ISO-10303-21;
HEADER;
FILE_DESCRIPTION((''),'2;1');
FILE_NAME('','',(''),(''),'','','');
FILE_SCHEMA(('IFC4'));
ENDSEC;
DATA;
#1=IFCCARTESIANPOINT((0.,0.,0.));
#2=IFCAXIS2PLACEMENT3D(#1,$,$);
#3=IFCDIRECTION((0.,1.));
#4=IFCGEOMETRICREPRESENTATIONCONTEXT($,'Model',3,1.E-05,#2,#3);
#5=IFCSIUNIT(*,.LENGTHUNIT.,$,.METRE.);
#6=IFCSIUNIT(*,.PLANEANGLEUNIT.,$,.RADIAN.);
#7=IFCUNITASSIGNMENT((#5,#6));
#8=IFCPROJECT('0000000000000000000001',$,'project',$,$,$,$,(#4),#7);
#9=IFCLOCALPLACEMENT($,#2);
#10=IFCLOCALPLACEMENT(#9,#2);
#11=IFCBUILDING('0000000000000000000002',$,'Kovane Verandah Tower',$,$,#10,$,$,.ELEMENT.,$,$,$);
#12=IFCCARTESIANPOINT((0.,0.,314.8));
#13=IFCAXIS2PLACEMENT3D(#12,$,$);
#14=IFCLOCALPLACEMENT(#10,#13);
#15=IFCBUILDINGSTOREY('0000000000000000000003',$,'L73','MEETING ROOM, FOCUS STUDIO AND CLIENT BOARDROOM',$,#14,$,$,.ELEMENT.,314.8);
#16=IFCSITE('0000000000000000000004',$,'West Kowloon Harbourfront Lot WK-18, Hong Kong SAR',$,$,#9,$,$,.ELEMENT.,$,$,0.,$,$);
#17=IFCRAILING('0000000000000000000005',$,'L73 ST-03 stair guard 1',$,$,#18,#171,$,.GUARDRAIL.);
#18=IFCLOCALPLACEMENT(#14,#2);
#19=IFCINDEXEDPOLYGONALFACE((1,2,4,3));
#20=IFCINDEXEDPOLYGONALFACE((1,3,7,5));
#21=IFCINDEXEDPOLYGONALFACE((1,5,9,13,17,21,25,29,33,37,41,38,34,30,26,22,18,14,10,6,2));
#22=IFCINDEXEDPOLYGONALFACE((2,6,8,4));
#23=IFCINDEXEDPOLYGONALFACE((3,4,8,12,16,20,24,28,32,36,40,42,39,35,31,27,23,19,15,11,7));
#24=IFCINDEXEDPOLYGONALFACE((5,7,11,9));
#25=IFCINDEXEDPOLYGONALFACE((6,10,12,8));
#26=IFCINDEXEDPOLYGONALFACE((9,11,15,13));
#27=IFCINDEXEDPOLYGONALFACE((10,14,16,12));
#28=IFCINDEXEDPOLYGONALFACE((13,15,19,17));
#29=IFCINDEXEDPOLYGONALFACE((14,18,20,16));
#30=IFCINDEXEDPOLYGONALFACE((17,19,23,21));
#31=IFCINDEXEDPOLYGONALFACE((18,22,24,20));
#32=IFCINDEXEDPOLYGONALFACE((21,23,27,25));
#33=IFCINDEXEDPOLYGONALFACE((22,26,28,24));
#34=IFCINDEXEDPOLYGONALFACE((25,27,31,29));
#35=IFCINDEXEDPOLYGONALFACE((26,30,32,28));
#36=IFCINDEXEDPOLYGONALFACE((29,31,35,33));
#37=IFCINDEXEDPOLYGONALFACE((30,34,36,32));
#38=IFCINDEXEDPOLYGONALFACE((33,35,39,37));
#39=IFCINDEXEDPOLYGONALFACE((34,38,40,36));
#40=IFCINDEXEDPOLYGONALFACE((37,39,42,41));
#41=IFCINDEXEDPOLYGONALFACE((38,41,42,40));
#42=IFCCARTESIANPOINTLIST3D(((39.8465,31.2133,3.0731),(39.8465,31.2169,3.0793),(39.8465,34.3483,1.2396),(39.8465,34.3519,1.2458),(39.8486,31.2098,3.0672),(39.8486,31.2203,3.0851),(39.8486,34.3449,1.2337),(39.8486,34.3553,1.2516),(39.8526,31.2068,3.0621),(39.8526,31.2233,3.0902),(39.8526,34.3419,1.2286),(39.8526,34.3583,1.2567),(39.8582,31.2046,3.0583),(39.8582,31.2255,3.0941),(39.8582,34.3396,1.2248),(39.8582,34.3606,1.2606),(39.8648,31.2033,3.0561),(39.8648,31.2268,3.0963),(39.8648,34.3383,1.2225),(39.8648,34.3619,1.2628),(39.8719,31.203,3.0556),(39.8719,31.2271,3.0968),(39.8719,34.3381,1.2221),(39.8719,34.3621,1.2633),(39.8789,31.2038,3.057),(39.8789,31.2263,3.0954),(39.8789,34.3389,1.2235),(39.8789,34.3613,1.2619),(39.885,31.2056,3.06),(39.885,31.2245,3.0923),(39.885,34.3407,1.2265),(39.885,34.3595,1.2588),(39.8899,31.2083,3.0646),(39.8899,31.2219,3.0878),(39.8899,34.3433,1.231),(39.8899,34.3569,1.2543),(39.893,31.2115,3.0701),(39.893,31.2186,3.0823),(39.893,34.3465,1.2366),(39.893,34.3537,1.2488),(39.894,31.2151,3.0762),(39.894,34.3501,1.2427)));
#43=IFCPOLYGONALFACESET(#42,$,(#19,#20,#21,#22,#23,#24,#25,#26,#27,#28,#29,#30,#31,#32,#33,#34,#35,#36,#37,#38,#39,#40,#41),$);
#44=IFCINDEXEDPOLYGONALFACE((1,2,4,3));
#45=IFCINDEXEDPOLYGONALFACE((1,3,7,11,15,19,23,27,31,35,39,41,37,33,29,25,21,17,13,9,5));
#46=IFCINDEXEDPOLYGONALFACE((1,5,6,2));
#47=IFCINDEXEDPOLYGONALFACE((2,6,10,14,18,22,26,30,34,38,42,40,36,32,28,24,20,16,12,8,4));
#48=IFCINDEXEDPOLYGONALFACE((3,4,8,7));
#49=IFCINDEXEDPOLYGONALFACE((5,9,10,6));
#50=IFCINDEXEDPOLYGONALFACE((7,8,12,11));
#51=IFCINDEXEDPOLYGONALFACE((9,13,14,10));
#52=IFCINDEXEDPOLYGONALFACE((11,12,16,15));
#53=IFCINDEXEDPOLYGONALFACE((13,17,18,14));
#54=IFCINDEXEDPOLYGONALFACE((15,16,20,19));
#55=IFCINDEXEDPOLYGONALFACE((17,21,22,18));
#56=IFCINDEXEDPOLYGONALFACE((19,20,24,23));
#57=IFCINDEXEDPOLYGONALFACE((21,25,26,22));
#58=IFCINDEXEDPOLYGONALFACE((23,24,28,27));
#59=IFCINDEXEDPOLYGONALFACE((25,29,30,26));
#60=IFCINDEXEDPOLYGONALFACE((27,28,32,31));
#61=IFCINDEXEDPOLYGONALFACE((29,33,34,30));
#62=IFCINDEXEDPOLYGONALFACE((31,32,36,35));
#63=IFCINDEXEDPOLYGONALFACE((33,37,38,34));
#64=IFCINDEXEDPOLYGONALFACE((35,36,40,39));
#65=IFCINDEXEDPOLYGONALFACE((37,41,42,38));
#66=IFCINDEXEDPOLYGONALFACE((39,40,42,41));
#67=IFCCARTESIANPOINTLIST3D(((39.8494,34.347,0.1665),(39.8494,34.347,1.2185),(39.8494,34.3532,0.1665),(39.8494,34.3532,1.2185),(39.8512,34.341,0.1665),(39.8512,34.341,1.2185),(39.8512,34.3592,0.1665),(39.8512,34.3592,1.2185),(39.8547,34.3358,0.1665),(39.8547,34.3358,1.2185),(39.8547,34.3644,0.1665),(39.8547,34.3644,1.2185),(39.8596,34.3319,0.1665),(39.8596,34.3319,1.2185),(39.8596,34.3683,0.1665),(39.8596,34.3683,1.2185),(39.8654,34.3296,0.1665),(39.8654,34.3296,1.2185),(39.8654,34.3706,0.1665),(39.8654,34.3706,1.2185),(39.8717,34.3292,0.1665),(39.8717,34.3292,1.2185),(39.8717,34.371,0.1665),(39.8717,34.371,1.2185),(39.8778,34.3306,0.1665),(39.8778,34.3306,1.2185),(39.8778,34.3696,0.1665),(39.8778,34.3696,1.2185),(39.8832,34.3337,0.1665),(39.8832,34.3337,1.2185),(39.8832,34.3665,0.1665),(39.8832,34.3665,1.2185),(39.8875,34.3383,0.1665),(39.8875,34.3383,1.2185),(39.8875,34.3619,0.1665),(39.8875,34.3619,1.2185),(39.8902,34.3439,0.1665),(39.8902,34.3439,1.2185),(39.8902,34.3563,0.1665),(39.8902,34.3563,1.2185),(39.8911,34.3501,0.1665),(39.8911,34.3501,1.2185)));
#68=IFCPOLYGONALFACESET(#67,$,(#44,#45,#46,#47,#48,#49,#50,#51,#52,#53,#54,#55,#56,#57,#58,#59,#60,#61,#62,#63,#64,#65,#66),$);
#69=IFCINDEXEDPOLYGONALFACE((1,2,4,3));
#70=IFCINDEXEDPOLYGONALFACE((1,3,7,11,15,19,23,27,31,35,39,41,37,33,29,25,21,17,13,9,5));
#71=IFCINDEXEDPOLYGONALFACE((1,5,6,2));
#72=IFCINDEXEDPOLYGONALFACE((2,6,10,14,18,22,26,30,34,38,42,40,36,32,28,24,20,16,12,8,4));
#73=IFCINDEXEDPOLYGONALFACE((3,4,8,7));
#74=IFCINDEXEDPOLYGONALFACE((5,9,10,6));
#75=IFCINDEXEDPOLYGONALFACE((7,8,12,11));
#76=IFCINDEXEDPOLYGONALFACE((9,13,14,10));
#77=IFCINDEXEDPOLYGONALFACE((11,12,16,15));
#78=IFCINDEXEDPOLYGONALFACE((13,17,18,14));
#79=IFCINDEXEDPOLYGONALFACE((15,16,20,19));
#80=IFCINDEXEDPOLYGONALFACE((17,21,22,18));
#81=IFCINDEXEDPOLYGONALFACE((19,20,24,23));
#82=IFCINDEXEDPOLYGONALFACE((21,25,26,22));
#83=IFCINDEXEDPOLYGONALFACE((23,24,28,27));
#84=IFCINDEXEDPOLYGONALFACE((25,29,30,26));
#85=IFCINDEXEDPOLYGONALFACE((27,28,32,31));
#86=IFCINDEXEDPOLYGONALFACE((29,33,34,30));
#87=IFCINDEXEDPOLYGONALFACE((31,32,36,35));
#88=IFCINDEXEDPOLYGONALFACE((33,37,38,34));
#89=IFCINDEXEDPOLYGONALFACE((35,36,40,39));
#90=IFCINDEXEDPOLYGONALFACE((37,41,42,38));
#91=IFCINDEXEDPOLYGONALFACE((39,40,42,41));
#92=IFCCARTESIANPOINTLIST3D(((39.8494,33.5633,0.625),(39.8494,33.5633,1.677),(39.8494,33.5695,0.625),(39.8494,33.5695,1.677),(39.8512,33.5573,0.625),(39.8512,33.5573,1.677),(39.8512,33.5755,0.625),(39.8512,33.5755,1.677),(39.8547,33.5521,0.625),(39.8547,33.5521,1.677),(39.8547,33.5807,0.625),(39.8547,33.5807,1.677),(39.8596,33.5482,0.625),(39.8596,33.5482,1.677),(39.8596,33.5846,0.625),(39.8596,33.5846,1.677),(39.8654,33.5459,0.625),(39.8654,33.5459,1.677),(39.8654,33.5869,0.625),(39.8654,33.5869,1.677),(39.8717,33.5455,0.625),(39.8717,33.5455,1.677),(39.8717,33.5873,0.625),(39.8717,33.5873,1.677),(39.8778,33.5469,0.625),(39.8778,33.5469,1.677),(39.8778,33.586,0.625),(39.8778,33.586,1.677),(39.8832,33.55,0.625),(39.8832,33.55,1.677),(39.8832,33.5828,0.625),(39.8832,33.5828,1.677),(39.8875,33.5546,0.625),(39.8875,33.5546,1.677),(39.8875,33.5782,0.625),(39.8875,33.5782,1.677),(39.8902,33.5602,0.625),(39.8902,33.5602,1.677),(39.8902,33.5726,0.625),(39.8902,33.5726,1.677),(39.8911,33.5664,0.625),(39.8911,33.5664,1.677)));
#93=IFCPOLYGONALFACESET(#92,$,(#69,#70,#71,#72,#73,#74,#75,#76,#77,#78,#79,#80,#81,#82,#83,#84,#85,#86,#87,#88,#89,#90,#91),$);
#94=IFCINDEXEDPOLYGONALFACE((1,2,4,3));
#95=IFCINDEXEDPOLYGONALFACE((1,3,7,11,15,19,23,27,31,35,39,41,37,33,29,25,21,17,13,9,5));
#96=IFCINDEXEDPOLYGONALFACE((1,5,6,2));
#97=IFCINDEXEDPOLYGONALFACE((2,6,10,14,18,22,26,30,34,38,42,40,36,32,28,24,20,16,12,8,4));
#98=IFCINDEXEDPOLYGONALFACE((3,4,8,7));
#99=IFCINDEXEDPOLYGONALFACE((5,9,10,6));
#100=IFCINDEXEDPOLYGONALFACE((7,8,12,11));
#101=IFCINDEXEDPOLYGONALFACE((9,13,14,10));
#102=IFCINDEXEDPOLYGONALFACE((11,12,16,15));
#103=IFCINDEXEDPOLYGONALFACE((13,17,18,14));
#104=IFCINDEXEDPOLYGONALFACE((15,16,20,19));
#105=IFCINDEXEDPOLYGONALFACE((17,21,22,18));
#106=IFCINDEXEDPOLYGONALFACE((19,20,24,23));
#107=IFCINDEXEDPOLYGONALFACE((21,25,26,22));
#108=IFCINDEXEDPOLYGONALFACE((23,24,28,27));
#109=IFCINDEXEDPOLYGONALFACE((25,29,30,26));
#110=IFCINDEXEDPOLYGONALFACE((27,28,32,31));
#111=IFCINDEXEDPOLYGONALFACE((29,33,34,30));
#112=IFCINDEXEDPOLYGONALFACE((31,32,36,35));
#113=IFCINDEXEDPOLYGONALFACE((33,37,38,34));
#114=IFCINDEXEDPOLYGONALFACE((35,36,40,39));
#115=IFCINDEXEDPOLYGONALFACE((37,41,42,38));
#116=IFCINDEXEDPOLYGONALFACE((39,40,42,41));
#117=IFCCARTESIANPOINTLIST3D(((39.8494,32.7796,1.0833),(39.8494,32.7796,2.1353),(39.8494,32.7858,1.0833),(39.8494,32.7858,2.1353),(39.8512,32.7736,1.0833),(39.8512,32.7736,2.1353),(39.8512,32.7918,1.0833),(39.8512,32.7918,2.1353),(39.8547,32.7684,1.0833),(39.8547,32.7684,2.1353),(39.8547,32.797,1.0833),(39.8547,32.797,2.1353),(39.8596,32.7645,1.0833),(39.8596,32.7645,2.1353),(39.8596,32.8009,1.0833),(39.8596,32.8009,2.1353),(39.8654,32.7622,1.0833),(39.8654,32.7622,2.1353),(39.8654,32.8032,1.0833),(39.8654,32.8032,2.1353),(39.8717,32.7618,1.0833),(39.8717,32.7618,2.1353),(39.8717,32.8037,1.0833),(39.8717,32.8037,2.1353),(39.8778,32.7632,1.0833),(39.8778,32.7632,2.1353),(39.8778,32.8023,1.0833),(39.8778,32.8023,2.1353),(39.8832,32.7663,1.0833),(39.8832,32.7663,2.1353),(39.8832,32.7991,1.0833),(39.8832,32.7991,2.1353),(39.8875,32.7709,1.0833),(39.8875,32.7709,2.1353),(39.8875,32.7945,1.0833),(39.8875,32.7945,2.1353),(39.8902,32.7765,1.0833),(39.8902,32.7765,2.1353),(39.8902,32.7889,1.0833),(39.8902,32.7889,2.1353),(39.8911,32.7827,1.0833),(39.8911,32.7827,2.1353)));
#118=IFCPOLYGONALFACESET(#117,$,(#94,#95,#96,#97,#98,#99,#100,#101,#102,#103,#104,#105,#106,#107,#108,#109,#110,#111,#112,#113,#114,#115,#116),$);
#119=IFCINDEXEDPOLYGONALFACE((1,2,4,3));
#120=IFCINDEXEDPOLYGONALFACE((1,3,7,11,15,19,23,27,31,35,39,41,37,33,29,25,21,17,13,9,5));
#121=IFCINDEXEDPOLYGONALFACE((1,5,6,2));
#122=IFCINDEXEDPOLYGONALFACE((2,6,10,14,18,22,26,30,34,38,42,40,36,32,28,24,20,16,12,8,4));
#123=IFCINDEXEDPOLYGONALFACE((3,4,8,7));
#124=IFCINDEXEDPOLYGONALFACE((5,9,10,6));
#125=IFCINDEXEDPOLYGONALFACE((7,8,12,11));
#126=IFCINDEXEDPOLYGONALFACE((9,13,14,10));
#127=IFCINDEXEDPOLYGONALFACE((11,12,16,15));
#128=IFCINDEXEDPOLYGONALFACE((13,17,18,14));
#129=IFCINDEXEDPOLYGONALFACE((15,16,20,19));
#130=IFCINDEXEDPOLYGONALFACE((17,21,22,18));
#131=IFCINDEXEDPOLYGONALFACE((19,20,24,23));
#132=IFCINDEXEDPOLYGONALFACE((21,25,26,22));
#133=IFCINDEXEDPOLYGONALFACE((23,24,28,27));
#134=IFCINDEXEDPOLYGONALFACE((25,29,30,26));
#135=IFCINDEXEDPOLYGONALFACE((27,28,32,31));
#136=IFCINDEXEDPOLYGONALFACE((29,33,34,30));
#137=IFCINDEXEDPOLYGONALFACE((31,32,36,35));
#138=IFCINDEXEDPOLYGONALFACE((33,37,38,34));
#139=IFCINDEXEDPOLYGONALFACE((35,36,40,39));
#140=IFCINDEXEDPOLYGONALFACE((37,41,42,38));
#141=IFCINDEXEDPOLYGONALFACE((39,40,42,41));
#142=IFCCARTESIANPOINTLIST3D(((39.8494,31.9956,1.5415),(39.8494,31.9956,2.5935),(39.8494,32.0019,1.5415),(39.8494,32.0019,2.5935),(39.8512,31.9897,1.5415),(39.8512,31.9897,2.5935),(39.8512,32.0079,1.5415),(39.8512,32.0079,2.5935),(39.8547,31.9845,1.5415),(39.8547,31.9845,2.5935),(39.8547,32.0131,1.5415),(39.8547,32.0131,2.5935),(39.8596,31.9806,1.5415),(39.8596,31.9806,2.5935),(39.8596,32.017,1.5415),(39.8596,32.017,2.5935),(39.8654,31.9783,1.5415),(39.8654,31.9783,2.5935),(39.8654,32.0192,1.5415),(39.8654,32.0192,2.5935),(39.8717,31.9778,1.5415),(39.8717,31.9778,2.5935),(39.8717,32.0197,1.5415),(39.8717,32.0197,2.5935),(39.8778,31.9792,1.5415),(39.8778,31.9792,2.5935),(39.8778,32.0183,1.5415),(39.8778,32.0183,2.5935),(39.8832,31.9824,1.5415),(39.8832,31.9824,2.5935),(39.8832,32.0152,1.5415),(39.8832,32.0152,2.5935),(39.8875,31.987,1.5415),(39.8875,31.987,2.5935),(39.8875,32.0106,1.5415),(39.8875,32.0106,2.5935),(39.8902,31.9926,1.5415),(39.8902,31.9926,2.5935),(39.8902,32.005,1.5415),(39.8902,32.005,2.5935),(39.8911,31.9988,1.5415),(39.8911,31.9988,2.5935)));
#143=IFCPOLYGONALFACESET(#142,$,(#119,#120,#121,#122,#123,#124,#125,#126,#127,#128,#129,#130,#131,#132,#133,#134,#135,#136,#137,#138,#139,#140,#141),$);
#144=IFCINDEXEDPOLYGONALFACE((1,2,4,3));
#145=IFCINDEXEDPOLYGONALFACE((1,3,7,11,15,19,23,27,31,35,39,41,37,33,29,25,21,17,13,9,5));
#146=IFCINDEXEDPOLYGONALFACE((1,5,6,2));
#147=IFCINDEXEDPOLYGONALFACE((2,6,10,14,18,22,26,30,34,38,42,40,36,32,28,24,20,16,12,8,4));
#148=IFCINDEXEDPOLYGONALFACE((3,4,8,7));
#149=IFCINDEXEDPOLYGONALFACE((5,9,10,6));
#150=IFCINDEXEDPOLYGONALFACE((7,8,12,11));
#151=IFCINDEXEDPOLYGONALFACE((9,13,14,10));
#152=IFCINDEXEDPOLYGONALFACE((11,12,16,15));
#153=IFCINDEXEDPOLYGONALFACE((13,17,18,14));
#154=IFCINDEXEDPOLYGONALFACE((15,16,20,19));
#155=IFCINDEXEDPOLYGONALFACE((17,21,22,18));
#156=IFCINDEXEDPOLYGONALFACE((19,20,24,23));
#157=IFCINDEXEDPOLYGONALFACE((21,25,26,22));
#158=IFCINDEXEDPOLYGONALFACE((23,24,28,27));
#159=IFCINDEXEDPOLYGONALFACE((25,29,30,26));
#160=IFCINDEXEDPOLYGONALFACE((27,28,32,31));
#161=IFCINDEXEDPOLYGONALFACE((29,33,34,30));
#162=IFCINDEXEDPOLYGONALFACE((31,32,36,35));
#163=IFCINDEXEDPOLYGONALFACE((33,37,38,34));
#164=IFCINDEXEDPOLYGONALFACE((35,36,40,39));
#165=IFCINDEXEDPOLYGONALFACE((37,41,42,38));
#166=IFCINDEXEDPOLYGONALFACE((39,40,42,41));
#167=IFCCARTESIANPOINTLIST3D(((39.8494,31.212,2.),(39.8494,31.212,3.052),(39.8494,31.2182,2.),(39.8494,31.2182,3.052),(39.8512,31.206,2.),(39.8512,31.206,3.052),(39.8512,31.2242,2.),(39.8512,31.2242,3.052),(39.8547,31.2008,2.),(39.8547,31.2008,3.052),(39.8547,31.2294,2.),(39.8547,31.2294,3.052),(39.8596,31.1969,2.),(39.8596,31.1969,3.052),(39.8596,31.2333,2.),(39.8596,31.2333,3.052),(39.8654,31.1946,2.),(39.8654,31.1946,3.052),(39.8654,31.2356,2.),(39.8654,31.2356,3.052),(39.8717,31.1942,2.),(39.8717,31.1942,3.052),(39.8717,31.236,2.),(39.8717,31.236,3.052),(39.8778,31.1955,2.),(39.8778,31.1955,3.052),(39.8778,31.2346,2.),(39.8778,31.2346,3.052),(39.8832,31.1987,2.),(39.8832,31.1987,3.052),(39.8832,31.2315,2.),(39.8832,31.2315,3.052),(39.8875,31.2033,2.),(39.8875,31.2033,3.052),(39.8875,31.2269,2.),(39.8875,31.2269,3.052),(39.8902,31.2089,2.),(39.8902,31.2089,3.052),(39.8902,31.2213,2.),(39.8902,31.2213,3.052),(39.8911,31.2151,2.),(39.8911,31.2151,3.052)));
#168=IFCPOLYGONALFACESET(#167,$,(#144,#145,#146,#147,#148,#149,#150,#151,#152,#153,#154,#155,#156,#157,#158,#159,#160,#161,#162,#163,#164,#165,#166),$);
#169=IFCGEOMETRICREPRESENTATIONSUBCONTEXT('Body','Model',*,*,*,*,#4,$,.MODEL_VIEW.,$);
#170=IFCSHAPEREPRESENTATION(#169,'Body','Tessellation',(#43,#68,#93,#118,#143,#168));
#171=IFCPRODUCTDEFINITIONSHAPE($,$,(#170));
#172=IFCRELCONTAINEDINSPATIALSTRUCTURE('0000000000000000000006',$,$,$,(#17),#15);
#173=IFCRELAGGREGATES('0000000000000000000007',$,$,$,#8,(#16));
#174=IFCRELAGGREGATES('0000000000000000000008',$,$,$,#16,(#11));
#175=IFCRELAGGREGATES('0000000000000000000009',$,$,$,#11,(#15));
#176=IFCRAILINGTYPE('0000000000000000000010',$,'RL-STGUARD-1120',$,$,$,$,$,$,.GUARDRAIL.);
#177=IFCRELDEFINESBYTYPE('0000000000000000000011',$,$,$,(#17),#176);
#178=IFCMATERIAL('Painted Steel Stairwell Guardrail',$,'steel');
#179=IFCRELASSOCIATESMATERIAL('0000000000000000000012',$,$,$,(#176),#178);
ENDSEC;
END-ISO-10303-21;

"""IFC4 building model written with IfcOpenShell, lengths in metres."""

from ifc_helpers import new_model, si_unit, direction, frame, origin, origin_2d, place, context, subcontext, project, spatial, circle, extrude, material, type_object, element, save


model = new_model("IFC4")

# Units and contexts
model_context = context("Model", 3, precision=1e-05, world=origin(), true_north=direction((0.0, 1.0)))
body_context = subcontext(model_context, "Body", "Model", "MODEL_VIEW")
ifc_project = project(units=[si_unit("LENGTHUNIT", "METRE"), si_unit("PLANEANGLEUNIT", "RADIAN")], contexts=[model_context])

# Site, building, storey
site_placement = place(None, origin())
site = spatial("IfcSite", under=ifc_project, at=site_placement, Name="West Kowloon Harbourfront Lot WK-18, Hong Kong SAR", CompositionType="ELEMENT", RefElevation=0.0)
building_placement = place(site_placement, origin())
building = spatial("IfcBuilding", under=site, at=building_placement, Name="Kovane Verandah Tower", CompositionType="ELEMENT")
storey_placement = place(building_placement, frame((0.0, 0.0, 314.8)))
storey = spatial("IfcBuildingStorey", under=building, at=storey_placement, Name="L73", Description="MEETING ROOM, FOCUS STUDIO AND CLIENT BOARDROOM", CompositionType="ELEMENT", Elevation=314.8)

# Railing
ifc_material_1 = material(Name="Painted Steel Stairwell Guardrail", Category="steel")
railing_type_1 = type_object("IfcRailingType", Name="RL-STGUARD-1120", PredefinedType="GUARDRAIL", material=ifc_material_1)
railing_1_placement = place(storey_placement, frame((39.8701, 34.3501, 0.1665)))
element("IfcRailing", 1, at=railing_1_placement, inside=storey, type_object=railing_type_1, Name="L73 ST-03 stair guard 1", PredefinedType="GUARDRAIL", context=body_context, shape_type="SweptSolid", body=[
    extrude(circle(Radius=0.0239, at=origin_2d()), frame((0.0, 0.0, 1.0762), z_axis=(0.0, -0.86321, 0.504845), x_axis=(1.0, 0.0, 0.0)), (0.0, 0.0, 1.0), 3.6318),
    extrude(circle(Radius=0.021, at=origin_2d()), origin(), (0.0, 0.0, 1.0), 1.052),
    extrude(circle(Radius=0.021, at=origin_2d()), frame((0.0, -0.7837, 0.4585)), (0.0, 0.0, 1.0), 1.052),
    extrude(circle(Radius=0.021, at=origin_2d()), frame((0.0, -1.5674, 0.9167)), (0.0, 0.0, 1.0), 1.052),
    extrude(circle(Radius=0.021, at=origin_2d()), frame((0.0, -2.3513, 1.375)), (0.0, 0.0, 1.0), 1.052),
    extrude(circle(Radius=0.021, at=origin_2d()), frame((0.0, -3.135, 1.8335)), (0.0, 0.0, 1.0), 1.052),
])

save(model, "model.ifc")
